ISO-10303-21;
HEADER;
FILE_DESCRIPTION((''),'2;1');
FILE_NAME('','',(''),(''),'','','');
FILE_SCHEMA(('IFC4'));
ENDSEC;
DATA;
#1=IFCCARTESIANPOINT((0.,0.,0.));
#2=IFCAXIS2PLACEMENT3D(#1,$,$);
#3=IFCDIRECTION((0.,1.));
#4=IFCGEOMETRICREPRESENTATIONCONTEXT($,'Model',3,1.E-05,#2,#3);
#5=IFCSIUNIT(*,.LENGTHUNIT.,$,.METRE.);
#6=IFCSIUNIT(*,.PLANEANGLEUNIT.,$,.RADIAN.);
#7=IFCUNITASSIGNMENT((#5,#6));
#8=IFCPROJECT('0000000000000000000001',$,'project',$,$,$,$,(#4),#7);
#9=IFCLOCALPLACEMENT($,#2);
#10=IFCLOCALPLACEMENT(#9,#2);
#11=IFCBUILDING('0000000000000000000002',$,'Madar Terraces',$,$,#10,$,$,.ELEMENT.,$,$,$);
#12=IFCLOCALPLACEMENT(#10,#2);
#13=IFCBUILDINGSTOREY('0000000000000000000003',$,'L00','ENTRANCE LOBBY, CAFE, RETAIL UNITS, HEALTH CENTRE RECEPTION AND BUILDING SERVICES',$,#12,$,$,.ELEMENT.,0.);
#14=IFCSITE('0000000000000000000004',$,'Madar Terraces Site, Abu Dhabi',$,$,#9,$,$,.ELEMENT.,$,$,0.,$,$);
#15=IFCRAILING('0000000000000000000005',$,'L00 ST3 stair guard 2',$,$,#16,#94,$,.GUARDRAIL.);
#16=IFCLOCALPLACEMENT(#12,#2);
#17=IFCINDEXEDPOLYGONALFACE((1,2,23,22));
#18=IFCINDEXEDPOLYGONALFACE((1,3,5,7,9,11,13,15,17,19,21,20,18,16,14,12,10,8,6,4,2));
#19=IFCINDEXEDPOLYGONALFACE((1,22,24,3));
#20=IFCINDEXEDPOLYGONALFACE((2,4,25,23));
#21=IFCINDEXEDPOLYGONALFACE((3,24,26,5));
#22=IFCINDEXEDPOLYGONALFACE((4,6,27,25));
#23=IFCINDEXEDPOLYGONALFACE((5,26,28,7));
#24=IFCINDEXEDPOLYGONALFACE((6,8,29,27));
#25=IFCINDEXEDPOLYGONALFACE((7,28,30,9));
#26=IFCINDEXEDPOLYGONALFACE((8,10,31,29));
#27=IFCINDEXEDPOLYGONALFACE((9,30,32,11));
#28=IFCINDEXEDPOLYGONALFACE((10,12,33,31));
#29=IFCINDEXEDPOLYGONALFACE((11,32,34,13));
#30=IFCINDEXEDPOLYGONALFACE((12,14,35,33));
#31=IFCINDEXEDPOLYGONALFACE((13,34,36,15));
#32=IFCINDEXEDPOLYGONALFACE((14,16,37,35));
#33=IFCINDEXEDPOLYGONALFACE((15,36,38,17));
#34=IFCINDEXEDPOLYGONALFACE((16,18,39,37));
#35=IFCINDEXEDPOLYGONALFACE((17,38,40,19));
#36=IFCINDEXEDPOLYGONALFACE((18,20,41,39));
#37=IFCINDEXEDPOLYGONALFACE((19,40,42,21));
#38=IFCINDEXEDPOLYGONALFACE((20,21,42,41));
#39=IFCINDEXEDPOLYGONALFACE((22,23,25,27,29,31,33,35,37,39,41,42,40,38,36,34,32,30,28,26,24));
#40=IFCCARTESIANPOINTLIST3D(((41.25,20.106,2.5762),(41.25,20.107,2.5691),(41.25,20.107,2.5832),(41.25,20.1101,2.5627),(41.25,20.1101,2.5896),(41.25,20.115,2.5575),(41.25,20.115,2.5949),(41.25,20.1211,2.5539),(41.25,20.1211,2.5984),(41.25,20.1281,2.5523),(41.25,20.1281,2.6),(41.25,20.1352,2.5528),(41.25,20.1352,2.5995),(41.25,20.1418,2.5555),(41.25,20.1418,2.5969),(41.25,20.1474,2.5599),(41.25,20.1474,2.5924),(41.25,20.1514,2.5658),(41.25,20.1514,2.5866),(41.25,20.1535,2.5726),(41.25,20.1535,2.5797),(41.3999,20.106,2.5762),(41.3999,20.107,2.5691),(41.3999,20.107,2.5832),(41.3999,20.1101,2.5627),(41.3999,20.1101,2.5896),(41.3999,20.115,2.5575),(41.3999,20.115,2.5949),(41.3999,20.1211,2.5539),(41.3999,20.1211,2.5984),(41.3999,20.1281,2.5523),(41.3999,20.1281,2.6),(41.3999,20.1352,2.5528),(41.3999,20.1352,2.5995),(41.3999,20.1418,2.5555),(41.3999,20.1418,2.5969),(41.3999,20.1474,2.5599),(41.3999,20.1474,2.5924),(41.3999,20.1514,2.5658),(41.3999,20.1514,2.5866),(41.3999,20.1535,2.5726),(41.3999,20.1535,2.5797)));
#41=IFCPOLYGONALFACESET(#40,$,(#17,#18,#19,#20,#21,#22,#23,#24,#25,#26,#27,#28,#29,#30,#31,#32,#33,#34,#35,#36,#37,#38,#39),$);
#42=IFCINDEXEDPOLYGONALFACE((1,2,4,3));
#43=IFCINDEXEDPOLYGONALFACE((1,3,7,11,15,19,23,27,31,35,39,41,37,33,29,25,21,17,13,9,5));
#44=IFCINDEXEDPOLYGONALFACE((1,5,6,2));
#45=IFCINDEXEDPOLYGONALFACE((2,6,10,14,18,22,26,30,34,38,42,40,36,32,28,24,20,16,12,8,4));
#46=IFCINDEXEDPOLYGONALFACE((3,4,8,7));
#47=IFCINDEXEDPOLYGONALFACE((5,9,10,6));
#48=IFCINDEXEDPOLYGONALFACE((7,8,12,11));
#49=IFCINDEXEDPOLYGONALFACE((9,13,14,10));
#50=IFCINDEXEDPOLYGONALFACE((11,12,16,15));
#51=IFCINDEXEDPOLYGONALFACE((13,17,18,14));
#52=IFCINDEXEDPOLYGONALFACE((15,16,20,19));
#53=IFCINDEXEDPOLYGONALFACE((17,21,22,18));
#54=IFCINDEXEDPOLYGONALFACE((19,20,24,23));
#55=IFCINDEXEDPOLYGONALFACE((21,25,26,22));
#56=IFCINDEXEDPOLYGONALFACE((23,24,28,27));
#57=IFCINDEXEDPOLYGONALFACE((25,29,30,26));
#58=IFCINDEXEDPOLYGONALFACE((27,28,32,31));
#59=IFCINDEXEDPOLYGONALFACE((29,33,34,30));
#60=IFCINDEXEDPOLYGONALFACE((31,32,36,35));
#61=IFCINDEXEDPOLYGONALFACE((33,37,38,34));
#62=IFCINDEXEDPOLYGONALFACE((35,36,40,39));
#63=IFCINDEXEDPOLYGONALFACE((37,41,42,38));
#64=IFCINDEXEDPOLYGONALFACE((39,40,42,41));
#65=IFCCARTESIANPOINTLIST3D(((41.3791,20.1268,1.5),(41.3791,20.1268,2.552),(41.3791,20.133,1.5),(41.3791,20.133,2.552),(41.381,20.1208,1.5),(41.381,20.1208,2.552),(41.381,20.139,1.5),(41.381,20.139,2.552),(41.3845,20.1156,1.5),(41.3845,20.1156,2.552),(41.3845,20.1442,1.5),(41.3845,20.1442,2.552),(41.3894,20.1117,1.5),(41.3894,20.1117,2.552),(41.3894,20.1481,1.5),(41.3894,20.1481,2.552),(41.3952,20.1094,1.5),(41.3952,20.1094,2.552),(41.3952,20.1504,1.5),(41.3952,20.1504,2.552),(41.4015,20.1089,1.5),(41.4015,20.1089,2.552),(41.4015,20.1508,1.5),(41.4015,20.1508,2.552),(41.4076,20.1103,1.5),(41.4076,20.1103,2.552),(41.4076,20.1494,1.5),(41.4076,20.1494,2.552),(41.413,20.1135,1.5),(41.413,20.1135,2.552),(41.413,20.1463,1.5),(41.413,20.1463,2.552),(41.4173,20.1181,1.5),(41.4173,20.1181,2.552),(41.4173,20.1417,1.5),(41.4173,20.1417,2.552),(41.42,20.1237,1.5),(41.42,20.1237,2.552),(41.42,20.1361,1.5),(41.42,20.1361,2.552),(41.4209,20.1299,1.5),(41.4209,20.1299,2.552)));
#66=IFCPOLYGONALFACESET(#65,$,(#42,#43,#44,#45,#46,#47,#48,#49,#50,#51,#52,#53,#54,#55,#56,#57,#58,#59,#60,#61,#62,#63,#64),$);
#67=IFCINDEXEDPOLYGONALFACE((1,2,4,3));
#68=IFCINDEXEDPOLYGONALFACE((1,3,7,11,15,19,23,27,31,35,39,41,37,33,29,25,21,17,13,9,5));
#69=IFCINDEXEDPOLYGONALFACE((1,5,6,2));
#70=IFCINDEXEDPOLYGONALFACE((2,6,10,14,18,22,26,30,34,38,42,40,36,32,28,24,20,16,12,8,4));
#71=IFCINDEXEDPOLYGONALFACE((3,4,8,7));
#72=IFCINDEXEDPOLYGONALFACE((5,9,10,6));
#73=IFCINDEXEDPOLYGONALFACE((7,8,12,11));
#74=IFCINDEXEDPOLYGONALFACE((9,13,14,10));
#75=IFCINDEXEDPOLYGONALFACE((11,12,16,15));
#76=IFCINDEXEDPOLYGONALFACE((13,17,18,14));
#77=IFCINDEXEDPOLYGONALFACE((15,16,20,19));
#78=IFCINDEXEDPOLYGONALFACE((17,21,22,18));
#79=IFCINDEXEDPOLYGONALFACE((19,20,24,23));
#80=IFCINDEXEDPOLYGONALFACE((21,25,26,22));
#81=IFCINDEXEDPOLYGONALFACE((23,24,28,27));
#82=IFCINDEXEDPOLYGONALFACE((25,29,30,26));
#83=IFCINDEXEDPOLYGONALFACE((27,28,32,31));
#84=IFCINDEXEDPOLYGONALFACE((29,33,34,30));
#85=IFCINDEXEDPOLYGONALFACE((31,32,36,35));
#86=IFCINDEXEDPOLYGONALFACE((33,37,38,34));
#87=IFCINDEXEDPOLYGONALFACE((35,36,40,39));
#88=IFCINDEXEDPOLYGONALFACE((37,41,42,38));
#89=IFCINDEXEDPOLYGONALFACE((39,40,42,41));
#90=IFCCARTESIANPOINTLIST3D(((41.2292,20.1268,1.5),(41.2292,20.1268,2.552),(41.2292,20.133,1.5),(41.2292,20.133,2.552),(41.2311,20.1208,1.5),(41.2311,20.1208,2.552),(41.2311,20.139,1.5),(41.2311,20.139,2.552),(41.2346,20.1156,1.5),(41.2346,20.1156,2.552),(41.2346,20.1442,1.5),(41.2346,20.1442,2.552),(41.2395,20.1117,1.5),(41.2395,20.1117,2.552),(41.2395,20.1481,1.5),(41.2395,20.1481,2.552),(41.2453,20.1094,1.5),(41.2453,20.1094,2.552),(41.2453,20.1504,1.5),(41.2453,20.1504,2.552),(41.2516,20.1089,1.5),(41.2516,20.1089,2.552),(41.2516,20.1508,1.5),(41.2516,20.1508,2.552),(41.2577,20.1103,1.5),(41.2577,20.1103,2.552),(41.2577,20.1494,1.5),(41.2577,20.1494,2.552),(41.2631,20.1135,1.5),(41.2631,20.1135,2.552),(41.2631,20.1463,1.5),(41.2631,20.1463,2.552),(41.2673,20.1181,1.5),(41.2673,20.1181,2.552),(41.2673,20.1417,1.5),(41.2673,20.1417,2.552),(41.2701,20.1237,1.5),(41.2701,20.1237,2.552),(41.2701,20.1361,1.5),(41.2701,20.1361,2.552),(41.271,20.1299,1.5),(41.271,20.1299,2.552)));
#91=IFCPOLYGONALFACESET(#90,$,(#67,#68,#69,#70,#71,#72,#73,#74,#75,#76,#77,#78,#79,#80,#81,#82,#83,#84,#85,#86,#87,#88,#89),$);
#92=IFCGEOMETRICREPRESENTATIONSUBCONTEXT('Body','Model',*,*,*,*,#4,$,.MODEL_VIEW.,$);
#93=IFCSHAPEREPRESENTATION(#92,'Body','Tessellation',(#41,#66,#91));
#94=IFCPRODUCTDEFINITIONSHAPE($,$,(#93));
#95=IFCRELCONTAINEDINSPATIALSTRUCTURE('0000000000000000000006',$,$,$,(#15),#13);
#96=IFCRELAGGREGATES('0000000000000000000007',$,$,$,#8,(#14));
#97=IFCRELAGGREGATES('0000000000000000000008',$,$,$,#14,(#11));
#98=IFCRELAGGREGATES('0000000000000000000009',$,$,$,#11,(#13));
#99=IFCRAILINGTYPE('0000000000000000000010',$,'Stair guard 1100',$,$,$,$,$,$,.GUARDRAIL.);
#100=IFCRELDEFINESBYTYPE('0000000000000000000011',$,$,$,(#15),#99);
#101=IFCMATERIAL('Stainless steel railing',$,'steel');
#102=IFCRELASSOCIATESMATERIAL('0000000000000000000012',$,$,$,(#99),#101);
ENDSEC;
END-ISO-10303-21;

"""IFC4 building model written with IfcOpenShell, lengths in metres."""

from ifc_helpers import new_model, si_unit, direction, frame, origin, origin_2d, place, context, subcontext, project, spatial, circle, extrude, material, type_object, element, save


model = new_model("IFC4")

# Units and contexts
model_context = context("Model", 3, precision=1e-05, world=origin(), true_north=direction((0.0, 1.0)))
body_context = subcontext(model_context, "Body", "Model", "MODEL_VIEW")
ifc_project = project(units=[si_unit("LENGTHUNIT", "METRE"), si_unit("PLANEANGLEUNIT", "RADIAN")], contexts=[model_context])

# Site, building, storey
site_placement = place(None, origin())
site = spatial("IfcSite", under=ifc_project, at=site_placement, Name="Madar Terraces Site, Abu Dhabi", CompositionType="ELEMENT", RefElevation=0.0)
building_placement = place(site_placement, origin())
building = spatial("IfcBuilding", under=site, at=building_placement, Name="Madar Terraces", CompositionType="ELEMENT")
storey_placement = place(building_placement, origin())
storey = spatial("IfcBuildingStorey", under=building, at=storey_placement, Name="L00", Description="ENTRANCE LOBBY, CAFE, RETAIL UNITS, HEALTH CENTRE RECEPTION AND BUILDING SERVICES", CompositionType="ELEMENT", Elevation=0.0)

# Railing
ifc_material_1 = material(Name="Stainless steel railing", Category="steel")
railing_type = type_object("IfcRailingType", Name="Stair guard 1100", PredefinedType="GUARDRAIL", material=ifc_material_1)
railing_1_placement = place(storey_placement, frame((41.3999, 20.1299, 1.5)))
element("IfcRailing", 1, at=railing_1_placement, inside=storey, type_object=railing_type, Name="L00 ST3 stair guard 2", PredefinedType="GUARDRAIL", context=body_context, shape_type="SweptSolid", body=[
    extrude(circle(Radius=0.0239, at=origin_2d()), frame((0.0, 0.0, 1.0762), z_axis=(-1.0, 0.0, 0.0), x_axis=(0.0, -1.0, 0.0)), (0.0, 0.0, 1.0), 0.1499),
    extrude(circle(Radius=0.021, at=origin_2d()), origin(), (0.0, 0.0, 1.0), 1.052),
    extrude(circle(Radius=0.021, at=origin_2d()), frame((-0.1499, 0.0, 0.0)), (0.0, 0.0, 1.0), 1.052),
])

save(model, "model.ifc")
